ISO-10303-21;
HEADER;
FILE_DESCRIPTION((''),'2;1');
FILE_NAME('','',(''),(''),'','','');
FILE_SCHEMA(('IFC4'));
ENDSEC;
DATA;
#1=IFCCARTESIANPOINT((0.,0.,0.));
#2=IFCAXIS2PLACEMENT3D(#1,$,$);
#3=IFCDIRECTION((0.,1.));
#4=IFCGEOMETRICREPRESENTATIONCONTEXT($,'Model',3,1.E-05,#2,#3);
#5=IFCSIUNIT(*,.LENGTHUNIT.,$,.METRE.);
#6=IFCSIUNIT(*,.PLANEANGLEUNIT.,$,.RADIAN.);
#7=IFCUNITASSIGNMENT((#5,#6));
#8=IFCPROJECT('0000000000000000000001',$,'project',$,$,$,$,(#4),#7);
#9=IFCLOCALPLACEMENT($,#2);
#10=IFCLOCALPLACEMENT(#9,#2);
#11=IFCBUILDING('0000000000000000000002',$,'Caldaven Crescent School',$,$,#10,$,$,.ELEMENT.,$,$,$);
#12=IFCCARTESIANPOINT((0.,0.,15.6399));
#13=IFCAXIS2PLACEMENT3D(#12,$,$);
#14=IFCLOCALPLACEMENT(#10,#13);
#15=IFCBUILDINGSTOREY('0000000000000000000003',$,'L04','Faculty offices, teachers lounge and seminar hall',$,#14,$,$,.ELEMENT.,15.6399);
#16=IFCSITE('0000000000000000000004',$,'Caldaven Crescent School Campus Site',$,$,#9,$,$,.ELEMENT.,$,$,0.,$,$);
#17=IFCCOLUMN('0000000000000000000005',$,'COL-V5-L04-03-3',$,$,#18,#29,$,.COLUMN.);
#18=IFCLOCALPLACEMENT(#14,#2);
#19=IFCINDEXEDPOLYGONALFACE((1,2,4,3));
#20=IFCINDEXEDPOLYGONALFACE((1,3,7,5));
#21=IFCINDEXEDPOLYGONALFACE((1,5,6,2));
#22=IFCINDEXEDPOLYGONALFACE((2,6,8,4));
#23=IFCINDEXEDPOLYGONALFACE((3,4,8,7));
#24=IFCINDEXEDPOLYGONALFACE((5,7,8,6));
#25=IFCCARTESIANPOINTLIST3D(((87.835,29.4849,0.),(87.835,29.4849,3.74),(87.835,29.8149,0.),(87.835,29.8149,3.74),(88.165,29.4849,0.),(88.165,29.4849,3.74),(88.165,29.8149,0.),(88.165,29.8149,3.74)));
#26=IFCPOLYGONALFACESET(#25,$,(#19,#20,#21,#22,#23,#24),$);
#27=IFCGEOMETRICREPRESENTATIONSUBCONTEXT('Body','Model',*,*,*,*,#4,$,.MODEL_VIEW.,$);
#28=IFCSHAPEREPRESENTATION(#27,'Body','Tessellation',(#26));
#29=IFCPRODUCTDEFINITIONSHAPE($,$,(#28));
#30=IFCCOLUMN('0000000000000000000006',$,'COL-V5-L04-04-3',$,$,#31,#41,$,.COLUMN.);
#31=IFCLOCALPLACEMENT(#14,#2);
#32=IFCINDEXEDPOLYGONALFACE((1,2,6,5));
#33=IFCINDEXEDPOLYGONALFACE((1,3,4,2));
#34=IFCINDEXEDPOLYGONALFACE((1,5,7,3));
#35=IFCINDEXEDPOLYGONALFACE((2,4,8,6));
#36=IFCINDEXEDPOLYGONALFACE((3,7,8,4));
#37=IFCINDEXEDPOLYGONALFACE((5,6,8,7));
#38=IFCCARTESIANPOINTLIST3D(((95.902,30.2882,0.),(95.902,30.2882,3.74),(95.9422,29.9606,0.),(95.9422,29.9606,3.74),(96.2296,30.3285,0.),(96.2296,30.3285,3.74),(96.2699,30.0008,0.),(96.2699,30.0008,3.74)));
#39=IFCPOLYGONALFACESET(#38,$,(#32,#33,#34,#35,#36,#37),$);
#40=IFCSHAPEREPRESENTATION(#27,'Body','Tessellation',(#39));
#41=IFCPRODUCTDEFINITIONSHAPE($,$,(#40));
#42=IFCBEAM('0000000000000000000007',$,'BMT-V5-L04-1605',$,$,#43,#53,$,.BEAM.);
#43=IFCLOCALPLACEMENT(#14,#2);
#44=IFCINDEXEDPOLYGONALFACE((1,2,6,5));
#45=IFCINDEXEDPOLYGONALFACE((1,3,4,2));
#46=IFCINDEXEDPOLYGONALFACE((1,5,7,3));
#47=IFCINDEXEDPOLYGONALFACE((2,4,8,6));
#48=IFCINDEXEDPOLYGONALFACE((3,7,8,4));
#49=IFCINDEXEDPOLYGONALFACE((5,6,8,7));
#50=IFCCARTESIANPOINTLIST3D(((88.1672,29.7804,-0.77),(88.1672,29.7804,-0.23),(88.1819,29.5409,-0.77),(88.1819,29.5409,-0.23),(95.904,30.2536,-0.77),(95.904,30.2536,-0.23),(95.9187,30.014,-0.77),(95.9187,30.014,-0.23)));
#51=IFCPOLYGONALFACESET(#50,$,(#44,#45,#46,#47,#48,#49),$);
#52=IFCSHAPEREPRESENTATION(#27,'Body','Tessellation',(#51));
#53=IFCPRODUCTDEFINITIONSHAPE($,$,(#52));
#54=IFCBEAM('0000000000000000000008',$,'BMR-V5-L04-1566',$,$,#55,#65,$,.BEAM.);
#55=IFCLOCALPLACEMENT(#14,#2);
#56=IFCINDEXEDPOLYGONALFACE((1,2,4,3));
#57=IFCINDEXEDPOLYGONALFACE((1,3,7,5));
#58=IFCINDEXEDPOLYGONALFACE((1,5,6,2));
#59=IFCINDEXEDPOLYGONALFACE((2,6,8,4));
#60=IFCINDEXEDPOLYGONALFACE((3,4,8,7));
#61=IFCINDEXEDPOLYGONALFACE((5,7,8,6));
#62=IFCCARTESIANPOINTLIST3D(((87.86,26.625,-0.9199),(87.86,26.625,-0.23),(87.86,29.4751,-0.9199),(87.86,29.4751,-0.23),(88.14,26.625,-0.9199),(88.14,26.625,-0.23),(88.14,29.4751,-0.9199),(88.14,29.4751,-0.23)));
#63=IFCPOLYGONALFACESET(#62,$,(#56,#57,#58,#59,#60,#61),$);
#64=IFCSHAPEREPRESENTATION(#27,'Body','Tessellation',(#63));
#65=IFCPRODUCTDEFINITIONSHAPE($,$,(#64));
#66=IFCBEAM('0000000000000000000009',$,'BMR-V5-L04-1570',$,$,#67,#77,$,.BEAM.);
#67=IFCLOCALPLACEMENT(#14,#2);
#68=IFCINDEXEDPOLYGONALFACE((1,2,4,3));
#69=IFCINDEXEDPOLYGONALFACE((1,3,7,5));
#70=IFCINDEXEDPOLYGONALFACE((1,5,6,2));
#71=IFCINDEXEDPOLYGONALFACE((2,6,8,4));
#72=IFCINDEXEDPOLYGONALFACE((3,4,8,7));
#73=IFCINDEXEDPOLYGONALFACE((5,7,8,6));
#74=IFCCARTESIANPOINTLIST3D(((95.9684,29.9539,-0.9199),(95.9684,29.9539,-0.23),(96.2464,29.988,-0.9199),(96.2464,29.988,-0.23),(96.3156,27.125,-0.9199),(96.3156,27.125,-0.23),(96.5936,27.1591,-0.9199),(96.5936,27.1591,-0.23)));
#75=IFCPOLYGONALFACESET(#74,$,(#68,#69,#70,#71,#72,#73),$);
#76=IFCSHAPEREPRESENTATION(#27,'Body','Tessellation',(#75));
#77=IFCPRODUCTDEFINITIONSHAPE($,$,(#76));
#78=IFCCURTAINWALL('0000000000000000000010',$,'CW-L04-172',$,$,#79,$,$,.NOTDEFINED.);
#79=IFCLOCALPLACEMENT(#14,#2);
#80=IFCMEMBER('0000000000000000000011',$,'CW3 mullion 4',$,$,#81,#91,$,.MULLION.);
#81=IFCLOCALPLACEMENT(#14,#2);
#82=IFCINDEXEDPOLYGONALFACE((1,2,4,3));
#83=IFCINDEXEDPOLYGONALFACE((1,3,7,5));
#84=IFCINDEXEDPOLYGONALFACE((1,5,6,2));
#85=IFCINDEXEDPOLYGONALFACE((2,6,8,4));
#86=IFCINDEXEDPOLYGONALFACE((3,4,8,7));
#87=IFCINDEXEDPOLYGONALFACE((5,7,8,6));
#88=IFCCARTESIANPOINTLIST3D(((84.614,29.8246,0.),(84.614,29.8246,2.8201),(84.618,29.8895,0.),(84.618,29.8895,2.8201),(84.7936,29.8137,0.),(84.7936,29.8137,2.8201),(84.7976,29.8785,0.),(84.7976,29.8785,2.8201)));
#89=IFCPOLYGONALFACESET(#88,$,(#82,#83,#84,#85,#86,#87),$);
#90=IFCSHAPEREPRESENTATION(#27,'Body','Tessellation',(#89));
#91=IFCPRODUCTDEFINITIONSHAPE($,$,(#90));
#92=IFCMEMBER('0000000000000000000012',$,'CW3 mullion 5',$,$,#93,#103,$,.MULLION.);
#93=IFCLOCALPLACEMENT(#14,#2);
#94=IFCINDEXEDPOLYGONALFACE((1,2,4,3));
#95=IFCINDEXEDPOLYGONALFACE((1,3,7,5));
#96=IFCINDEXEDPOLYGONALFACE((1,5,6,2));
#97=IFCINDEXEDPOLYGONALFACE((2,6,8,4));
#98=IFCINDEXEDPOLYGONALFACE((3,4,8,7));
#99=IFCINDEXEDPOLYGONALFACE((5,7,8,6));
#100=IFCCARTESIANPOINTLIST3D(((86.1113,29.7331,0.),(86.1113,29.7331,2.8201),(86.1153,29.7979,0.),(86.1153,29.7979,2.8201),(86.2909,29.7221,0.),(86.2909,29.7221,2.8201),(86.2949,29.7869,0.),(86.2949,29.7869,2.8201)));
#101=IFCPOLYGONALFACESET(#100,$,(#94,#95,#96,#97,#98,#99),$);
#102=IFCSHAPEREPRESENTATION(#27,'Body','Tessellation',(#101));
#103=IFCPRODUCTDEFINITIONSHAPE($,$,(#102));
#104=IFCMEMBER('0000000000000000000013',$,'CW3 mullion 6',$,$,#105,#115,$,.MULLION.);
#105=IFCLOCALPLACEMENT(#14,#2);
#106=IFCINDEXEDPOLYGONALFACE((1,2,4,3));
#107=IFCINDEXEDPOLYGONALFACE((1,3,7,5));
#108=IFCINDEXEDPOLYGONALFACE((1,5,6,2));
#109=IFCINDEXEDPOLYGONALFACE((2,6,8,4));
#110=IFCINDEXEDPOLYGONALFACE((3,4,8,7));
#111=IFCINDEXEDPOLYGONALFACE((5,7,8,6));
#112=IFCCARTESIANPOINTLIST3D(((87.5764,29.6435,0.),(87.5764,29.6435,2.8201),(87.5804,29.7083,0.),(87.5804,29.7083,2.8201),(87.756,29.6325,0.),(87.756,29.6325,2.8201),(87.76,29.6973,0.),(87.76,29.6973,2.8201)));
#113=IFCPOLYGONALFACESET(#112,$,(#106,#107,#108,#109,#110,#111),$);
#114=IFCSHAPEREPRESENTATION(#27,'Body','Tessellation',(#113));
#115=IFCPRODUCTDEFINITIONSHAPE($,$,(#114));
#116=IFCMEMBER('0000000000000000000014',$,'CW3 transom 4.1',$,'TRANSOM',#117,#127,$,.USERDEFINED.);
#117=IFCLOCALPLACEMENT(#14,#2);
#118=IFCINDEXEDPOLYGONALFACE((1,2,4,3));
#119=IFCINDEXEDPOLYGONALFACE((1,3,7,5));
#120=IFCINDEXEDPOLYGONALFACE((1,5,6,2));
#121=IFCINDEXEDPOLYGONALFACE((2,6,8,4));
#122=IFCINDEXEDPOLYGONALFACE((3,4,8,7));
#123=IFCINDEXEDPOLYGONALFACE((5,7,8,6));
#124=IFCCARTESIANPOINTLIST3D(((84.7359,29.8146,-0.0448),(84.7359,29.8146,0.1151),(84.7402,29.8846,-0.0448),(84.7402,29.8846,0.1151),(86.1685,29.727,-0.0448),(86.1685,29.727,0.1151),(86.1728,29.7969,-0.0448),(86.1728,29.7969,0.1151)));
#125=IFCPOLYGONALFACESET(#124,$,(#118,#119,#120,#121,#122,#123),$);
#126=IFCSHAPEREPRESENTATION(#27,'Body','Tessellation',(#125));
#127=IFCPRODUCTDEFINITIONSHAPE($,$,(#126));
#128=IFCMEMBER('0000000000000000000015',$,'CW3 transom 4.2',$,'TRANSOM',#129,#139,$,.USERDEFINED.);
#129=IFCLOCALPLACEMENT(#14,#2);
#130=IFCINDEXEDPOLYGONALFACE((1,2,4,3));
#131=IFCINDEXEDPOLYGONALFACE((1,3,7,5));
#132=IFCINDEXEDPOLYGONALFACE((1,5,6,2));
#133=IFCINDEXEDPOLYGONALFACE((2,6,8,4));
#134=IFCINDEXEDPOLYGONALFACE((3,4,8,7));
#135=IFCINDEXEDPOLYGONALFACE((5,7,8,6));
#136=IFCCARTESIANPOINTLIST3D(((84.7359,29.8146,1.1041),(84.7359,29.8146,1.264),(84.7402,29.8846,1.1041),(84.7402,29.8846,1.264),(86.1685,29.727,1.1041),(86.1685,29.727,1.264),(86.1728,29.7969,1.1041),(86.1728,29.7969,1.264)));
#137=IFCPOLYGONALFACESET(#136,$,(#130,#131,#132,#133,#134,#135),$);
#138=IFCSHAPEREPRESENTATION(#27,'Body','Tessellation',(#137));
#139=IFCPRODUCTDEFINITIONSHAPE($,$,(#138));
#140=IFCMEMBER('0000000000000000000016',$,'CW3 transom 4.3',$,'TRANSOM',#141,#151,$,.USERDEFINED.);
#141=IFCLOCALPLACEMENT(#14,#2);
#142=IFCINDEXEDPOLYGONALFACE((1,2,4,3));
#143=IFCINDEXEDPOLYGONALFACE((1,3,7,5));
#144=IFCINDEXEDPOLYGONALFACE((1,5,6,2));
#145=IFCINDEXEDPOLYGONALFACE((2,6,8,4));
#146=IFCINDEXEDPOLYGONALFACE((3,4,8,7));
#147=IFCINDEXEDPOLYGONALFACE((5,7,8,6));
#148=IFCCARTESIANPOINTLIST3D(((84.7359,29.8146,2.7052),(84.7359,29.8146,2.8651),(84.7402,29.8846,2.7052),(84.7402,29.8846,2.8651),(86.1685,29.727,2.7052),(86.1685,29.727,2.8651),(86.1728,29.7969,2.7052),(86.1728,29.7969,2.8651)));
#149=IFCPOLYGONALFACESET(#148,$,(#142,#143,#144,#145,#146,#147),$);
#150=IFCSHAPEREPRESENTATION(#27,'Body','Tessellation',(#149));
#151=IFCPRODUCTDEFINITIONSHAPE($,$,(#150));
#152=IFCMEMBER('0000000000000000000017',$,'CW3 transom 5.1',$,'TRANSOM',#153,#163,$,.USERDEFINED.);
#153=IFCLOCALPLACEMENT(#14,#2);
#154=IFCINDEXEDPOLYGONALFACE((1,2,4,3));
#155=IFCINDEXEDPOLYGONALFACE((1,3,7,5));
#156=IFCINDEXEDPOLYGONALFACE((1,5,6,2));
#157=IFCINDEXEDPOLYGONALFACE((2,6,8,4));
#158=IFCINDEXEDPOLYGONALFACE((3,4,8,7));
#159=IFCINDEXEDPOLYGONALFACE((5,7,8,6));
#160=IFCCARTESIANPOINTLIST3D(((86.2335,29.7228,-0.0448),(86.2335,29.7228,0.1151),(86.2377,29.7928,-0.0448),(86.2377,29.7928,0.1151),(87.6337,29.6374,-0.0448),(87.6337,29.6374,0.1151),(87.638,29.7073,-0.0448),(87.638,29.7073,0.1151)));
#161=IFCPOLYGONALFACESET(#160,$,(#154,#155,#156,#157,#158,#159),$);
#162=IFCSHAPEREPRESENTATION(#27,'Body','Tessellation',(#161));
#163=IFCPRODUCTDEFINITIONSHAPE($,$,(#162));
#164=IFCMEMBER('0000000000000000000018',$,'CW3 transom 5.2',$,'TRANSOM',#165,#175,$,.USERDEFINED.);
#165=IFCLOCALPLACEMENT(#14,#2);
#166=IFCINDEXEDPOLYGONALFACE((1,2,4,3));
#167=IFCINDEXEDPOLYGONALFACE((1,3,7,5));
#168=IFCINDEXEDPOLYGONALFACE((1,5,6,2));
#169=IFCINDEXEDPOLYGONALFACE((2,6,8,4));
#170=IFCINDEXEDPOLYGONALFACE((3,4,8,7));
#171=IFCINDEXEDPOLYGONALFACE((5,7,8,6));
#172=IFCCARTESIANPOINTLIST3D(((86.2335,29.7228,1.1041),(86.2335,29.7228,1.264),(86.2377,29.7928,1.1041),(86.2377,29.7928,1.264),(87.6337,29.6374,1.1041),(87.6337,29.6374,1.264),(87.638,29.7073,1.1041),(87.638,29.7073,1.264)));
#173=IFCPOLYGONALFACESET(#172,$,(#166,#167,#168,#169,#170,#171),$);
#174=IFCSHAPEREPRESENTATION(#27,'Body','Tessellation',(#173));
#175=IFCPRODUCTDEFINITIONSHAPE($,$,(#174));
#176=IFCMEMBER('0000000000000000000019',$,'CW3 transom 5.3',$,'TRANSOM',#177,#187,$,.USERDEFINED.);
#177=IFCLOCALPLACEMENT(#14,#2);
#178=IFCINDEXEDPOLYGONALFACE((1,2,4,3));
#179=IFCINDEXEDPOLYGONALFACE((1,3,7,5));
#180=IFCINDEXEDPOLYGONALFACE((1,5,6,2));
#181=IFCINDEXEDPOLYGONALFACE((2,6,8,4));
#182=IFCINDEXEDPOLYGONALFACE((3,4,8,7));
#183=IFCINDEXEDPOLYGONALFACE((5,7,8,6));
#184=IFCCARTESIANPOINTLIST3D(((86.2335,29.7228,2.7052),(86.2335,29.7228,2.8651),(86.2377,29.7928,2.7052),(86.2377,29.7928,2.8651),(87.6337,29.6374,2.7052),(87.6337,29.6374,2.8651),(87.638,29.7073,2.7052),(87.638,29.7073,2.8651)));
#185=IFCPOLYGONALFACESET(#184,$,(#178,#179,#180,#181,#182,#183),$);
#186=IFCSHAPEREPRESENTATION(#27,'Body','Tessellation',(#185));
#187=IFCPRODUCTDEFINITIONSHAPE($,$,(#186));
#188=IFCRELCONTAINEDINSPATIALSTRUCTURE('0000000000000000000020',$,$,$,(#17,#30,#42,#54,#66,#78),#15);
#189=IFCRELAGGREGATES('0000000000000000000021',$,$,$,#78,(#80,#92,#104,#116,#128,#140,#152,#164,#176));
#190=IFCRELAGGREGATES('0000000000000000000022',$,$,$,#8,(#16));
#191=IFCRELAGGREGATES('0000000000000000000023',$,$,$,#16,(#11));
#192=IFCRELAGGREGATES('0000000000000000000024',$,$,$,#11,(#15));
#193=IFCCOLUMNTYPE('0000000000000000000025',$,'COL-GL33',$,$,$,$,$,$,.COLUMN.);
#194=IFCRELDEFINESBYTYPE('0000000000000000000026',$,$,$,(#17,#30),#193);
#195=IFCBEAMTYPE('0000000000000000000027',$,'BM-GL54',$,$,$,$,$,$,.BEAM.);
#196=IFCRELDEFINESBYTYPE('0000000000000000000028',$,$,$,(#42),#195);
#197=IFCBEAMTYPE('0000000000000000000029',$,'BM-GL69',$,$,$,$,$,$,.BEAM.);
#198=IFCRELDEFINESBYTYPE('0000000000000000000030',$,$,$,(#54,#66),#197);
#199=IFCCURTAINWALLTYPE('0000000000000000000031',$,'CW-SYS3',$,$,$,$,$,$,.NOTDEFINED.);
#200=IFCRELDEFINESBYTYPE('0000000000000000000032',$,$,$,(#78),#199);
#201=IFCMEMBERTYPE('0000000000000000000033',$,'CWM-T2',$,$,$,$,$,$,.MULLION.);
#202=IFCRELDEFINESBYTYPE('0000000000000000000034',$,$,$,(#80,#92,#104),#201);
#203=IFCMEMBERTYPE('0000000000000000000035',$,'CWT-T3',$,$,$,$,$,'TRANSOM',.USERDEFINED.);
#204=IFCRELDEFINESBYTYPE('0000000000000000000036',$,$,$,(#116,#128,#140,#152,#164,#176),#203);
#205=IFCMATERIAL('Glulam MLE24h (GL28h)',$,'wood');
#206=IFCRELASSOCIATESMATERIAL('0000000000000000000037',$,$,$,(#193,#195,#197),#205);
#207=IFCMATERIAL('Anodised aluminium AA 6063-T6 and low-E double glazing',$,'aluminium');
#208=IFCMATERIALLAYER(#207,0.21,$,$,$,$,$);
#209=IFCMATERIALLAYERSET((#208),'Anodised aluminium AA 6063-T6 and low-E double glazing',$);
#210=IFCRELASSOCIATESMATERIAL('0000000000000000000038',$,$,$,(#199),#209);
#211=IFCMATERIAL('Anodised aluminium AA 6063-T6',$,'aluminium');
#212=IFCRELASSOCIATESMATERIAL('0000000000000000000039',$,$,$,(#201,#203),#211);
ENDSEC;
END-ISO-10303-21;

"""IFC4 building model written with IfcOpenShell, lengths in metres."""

from ifc_helpers import new_model, si_unit, direction, frame, origin, origin_2d, place, context, subcontext, project, spatial, rectangle, extrude, material, layer, layer_set, material_profile, profile_set, type_object, element, aggregate, save


model = new_model("IFC4")

# Units and contexts
model_context = context("Model", 3, precision=1e-05, world=origin(), true_north=direction((0.0, 1.0)))
body_context = subcontext(model_context, "Body", "Model", "MODEL_VIEW")
ifc_project = project(units=[si_unit("LENGTHUNIT", "METRE"), si_unit("PLANEANGLEUNIT", "RADIAN")], contexts=[model_context])

# Site, building, storey
site_placement = place(None, origin())
site = spatial("IfcSite", under=ifc_project, at=site_placement, Name="Caldaven Crescent School Campus Site", CompositionType="ELEMENT", RefElevation=0.0)
building_placement = place(site_placement, origin())
building = spatial("IfcBuilding", under=site, at=building_placement, Name="Caldaven Crescent School", CompositionType="ELEMENT")
storey_placement = place(building_placement, frame((0.0, 0.0, 15.6399)))
storey = spatial("IfcBuildingStorey", under=building, at=storey_placement, Name="L04", Description="Faculty offices, teachers lounge and seminar hall", CompositionType="ELEMENT", Elevation=15.6399)

# Columns
ifc_material_1 = material(Name="Glulam MLE24h (GL28h)", Category="wood")
ifc_material_profile_1 = material_profile(ifc_material_1, rectangle(XDim=0.3301, YDim=0.3301, at=origin_2d()), Name="MLE 330x330")
ifc_profile_set_1 = profile_set([ifc_material_profile_1], Name="Glulam MLE24h (GL28h)")
column_type = type_object("IfcColumnType", Name="COL-GL33", PredefinedType="COLUMN", material=ifc_profile_set_1)
for number, where, z_axis, x_axis, name in (
    (1, (88.0, 29.6499, 0.0), (0.0, 0.0, 1.0), (0.0, -1.0, 0.0), "COL-V5-L04-03-3"),
    (2, (96.0859, 30.1445, 0.0), (0.0, 0.0, 1.0), (0.121869, -0.992546, 0.0), "COL-V5-L04-04-3"),
):
    element("IfcColumn", number, at=place(storey_placement, frame(where, z_axis=z_axis, x_axis=x_axis)), inside=storey, type_object=column_type, Name=name, PredefinedType="COLUMN", context=body_context, shape_type="SweptSolid", body=[
        extrude(rectangle(XDim=0.3301, YDim=0.3301, at=origin_2d()), origin(), (0.0, 0.0, 1.0), 3.74),
    ])

# Beams
ifc_material_profile_2 = material_profile(ifc_material_1, rectangle(XDim=0.24, YDim=0.54, at=origin_2d()), Name="MLE 240x540")
ifc_profile_set_2 = profile_set([ifc_material_profile_2], Name="Glulam MLE24h (GL28h)")
beam_type_1 = type_object("IfcBeamType", Name="BM-GL54", PredefinedType="BEAM", material=ifc_profile_set_2)
beam_1_placement = place(storey_placement, frame((88.1746, 29.6606, -0.5), z_axis=(0.998135, 0.061041, 0.0), x_axis=(-0.061041, 0.998135, 0.0)))
element("IfcBeam", 3, at=beam_1_placement, inside=storey, type_object=beam_type_1, Name="BMT-V5-L04-1605", PredefinedType="BEAM", context=body_context, shape_type="SweptSolid", body=[
    extrude(rectangle(XDim=0.24, YDim=0.54, at=origin_2d()), origin(), (0.0, 0.0, 1.0), 7.7512),
])
ifc_material_profile_3 = material_profile(ifc_material_1, rectangle(XDim=0.28, YDim=0.6899, at=origin_2d()), Name="MLE 280x690")
ifc_profile_set_3 = profile_set([ifc_material_profile_3], Name="Glulam MLE24h (GL28h)")
beam_type_2 = type_object("IfcBeamType", Name="BM-GL69", PredefinedType="BEAM", material=ifc_profile_set_3)
for number, where, z_axis, x_axis, name in (
    (4, (88.0, 29.4751, -0.575), (0.0, -1.0, 0.0), (1.0, 0.0, 0.0), "BMR-V5-L04-1566"),
    (5, (96.1074, 29.9709, -0.575), (0.12181, -0.992553, 0.0), (0.992553, 0.12181, 0.0), "BMR-V5-L04-1570"),
):
    element("IfcBeam", number, at=place(storey_placement, frame(where, z_axis=z_axis, x_axis=x_axis)), inside=storey, type_object=beam_type_2, Name=name, PredefinedType="BEAM", context=body_context, shape_type="SweptSolid", body=[
        extrude(rectangle(XDim=0.28, YDim=0.6899, at=origin_2d()), origin(), (0.0, 0.0, 1.0), 2.8501),
    ])

# Curtain wall, members
ifc_material_2 = material(Name="Anodised aluminium AA 6063-T6 and low-E double glazing", Category="aluminium")
ifc_layer_1 = layer(ifc_material_2, 0.21)
ifc_layer_set_1 = layer_set([ifc_layer_1], Name="Anodised aluminium AA 6063-T6 and low-E double glazing")
curtain_wall_type = type_object("IfcCurtainWallType", Name="CW-SYS3", PredefinedType="NOTDEFINED", material=ifc_layer_set_1)
curtain_wall_placement = place(storey_placement, origin())
curtain_wall = element("IfcCurtainWall", 6, at=curtain_wall_placement, inside=storey, type_object=curtain_wall_type, Name="CW-L04-172", PredefinedType="NOTDEFINED")
ifc_material_3 = material(Name="Anodised aluminium AA 6063-T6", Category="aluminium")
ifc_material_profile_4 = material_profile(ifc_material_3, rectangle(XDim=0.0649, YDim=0.1799, at=origin_2d()), Name="CWM 65x180")
ifc_profile_set_4 = profile_set([ifc_material_profile_4], Name="Anodised aluminium AA 6063-T6")
member_type_1 = type_object("IfcMemberType", Name="CWM-T2", PredefinedType="MULLION", material=ifc_profile_set_4)
member_1_placement = place(storey_placement, frame((84.7058, 29.8516, 0.0), z_axis=(0.0, 0.0, 1.0), x_axis=(0.061049, 0.998135, 0.0)))
member_1 = element("IfcMember", 7, at=member_1_placement, type_object=member_type_1, Name="CW3 mullion 4", PredefinedType="MULLION", context=body_context, shape_type="SweptSolid", body=[
    extrude(rectangle(XDim=0.0649, YDim=0.1799, at=origin_2d()), origin(), (0.0, 0.0, 1.0), 2.8201),
])
member_2_placement = place(storey_placement, frame((86.2031, 29.76, 0.0), z_axis=(0.0, 0.0, 1.0), x_axis=(0.061049, 0.998135, 0.0)))
member_2 = element("IfcMember", 8, at=member_2_placement, type_object=member_type_1, Name="CW3 mullion 5", PredefinedType="MULLION", context=body_context, shape_type="SweptSolid", body=[
    extrude(rectangle(XDim=0.0649, YDim=0.1799, at=origin_2d()), origin(), (0.0, 0.0, 1.0), 2.8201),
])
member_3_placement = place(storey_placement, frame((87.6682, 29.6704, 0.0), z_axis=(0.0, 0.0, 1.0), x_axis=(0.061049, 0.998135, 0.0)))
member_3 = element("IfcMember", 9, at=member_3_placement, type_object=member_type_1, Name="CW3 mullion 6", PredefinedType="MULLION", context=body_context, shape_type="SweptSolid", body=[
    extrude(rectangle(XDim=0.0649, YDim=0.1799, at=origin_2d()), origin(), (0.0, 0.0, 1.0), 2.8201),
])
ifc_material_profile_5 = material_profile(ifc_material_3, rectangle(XDim=0.0701, YDim=0.1599, at=origin_2d()), Name="CWT 70x160")
ifc_profile_set_5 = profile_set([ifc_material_profile_5], Name="Anodised aluminium AA 6063-T6")
member_type_2 = type_object("IfcMemberType", Name="CWT-T3", ElementType="TRANSOM", PredefinedType="USERDEFINED", material=ifc_profile_set_5)
member_4_placement = place(storey_placement, frame((84.738, 29.8496, 0.0352), z_axis=(0.998134, -0.061065, 0.0), x_axis=(0.061065, 0.998134, 0.0)))
member_4 = element("IfcMember", 10, at=member_4_placement, type_object=member_type_2, Name="CW3 transom 4.1", ObjectType="TRANSOM", PredefinedType="USERDEFINED", context=body_context, shape_type="SweptSolid", body=[
    extrude(rectangle(XDim=0.0701, YDim=0.1599, at=origin_2d()), origin(), (0.0, 0.0, 1.0), 1.4353),
])
member_5_placement = place(storey_placement, frame((84.738, 29.8496, 1.1841), z_axis=(0.998134, -0.061065, 0.0), x_axis=(0.061065, 0.998134, 0.0)))
member_5 = element("IfcMember", 11, at=member_5_placement, type_object=member_type_2, Name="CW3 transom 4.2", ObjectType="TRANSOM", PredefinedType="USERDEFINED", context=body_context, shape_type="SweptSolid", body=[
    extrude(rectangle(XDim=0.0701, YDim=0.1599, at=origin_2d()), origin(), (0.0, 0.0, 1.0), 1.4353),
])
member_6_placement = place(storey_placement, frame((84.738, 29.8496, 2.7852), z_axis=(0.998134, -0.061065, 0.0), x_axis=(0.061065, 0.998134, 0.0)))
member_6 = element("IfcMember", 12, at=member_6_placement, type_object=member_type_2, Name="CW3 transom 4.3", ObjectType="TRANSOM", PredefinedType="USERDEFINED", context=body_context, shape_type="SweptSolid", body=[
    extrude(rectangle(XDim=0.0701, YDim=0.1599, at=origin_2d()), origin(), (0.0, 0.0, 1.0), 1.4353),
])
member_7_placement = place(storey_placement, frame((86.2356, 29.7578, 0.0352), z_axis=(0.998143, -0.060915, 0.0), x_axis=(0.060915, 0.998143, 0.0)))
member_7 = element("IfcMember", 13, at=member_7_placement, type_object=member_type_2, Name="CW3 transom 5.1", ObjectType="TRANSOM", PredefinedType="USERDEFINED", context=body_context, shape_type="SweptSolid", body=[
    extrude(rectangle(XDim=0.0701, YDim=0.1599, at=origin_2d()), origin(), (0.0, 0.0, 1.0), 1.4028),
])
member_8_placement = place(storey_placement, frame((86.2356, 29.7578, 1.1841), z_axis=(0.998143, -0.060915, 0.0), x_axis=(0.060915, 0.998143, 0.0)))
member_8 = element("IfcMember", 14, at=member_8_placement, type_object=member_type_2, Name="CW3 transom 5.2", ObjectType="TRANSOM", PredefinedType="USERDEFINED", context=body_context, shape_type="SweptSolid", body=[
    extrude(rectangle(XDim=0.0701, YDim=0.1599, at=origin_2d()), origin(), (0.0, 0.0, 1.0), 1.4028),
])
member_9_placement = place(storey_placement, frame((86.2356, 29.7578, 2.7852), z_axis=(0.998143, -0.060915, 0.0), x_axis=(0.060915, 0.998143, 0.0)))
member_9 = element("IfcMember", 15, at=member_9_placement, type_object=member_type_2, Name="CW3 transom 5.3", ObjectType="TRANSOM", PredefinedType="USERDEFINED", context=body_context, shape_type="SweptSolid", body=[
    extrude(rectangle(XDim=0.0701, YDim=0.1599, at=origin_2d()), origin(), (0.0, 0.0, 1.0), 1.4028),
])

aggregate(curtain_wall, [member_1, member_2, member_3, member_4, member_5, member_6, member_7, member_8, member_9])

save(model, "model.ifc")
